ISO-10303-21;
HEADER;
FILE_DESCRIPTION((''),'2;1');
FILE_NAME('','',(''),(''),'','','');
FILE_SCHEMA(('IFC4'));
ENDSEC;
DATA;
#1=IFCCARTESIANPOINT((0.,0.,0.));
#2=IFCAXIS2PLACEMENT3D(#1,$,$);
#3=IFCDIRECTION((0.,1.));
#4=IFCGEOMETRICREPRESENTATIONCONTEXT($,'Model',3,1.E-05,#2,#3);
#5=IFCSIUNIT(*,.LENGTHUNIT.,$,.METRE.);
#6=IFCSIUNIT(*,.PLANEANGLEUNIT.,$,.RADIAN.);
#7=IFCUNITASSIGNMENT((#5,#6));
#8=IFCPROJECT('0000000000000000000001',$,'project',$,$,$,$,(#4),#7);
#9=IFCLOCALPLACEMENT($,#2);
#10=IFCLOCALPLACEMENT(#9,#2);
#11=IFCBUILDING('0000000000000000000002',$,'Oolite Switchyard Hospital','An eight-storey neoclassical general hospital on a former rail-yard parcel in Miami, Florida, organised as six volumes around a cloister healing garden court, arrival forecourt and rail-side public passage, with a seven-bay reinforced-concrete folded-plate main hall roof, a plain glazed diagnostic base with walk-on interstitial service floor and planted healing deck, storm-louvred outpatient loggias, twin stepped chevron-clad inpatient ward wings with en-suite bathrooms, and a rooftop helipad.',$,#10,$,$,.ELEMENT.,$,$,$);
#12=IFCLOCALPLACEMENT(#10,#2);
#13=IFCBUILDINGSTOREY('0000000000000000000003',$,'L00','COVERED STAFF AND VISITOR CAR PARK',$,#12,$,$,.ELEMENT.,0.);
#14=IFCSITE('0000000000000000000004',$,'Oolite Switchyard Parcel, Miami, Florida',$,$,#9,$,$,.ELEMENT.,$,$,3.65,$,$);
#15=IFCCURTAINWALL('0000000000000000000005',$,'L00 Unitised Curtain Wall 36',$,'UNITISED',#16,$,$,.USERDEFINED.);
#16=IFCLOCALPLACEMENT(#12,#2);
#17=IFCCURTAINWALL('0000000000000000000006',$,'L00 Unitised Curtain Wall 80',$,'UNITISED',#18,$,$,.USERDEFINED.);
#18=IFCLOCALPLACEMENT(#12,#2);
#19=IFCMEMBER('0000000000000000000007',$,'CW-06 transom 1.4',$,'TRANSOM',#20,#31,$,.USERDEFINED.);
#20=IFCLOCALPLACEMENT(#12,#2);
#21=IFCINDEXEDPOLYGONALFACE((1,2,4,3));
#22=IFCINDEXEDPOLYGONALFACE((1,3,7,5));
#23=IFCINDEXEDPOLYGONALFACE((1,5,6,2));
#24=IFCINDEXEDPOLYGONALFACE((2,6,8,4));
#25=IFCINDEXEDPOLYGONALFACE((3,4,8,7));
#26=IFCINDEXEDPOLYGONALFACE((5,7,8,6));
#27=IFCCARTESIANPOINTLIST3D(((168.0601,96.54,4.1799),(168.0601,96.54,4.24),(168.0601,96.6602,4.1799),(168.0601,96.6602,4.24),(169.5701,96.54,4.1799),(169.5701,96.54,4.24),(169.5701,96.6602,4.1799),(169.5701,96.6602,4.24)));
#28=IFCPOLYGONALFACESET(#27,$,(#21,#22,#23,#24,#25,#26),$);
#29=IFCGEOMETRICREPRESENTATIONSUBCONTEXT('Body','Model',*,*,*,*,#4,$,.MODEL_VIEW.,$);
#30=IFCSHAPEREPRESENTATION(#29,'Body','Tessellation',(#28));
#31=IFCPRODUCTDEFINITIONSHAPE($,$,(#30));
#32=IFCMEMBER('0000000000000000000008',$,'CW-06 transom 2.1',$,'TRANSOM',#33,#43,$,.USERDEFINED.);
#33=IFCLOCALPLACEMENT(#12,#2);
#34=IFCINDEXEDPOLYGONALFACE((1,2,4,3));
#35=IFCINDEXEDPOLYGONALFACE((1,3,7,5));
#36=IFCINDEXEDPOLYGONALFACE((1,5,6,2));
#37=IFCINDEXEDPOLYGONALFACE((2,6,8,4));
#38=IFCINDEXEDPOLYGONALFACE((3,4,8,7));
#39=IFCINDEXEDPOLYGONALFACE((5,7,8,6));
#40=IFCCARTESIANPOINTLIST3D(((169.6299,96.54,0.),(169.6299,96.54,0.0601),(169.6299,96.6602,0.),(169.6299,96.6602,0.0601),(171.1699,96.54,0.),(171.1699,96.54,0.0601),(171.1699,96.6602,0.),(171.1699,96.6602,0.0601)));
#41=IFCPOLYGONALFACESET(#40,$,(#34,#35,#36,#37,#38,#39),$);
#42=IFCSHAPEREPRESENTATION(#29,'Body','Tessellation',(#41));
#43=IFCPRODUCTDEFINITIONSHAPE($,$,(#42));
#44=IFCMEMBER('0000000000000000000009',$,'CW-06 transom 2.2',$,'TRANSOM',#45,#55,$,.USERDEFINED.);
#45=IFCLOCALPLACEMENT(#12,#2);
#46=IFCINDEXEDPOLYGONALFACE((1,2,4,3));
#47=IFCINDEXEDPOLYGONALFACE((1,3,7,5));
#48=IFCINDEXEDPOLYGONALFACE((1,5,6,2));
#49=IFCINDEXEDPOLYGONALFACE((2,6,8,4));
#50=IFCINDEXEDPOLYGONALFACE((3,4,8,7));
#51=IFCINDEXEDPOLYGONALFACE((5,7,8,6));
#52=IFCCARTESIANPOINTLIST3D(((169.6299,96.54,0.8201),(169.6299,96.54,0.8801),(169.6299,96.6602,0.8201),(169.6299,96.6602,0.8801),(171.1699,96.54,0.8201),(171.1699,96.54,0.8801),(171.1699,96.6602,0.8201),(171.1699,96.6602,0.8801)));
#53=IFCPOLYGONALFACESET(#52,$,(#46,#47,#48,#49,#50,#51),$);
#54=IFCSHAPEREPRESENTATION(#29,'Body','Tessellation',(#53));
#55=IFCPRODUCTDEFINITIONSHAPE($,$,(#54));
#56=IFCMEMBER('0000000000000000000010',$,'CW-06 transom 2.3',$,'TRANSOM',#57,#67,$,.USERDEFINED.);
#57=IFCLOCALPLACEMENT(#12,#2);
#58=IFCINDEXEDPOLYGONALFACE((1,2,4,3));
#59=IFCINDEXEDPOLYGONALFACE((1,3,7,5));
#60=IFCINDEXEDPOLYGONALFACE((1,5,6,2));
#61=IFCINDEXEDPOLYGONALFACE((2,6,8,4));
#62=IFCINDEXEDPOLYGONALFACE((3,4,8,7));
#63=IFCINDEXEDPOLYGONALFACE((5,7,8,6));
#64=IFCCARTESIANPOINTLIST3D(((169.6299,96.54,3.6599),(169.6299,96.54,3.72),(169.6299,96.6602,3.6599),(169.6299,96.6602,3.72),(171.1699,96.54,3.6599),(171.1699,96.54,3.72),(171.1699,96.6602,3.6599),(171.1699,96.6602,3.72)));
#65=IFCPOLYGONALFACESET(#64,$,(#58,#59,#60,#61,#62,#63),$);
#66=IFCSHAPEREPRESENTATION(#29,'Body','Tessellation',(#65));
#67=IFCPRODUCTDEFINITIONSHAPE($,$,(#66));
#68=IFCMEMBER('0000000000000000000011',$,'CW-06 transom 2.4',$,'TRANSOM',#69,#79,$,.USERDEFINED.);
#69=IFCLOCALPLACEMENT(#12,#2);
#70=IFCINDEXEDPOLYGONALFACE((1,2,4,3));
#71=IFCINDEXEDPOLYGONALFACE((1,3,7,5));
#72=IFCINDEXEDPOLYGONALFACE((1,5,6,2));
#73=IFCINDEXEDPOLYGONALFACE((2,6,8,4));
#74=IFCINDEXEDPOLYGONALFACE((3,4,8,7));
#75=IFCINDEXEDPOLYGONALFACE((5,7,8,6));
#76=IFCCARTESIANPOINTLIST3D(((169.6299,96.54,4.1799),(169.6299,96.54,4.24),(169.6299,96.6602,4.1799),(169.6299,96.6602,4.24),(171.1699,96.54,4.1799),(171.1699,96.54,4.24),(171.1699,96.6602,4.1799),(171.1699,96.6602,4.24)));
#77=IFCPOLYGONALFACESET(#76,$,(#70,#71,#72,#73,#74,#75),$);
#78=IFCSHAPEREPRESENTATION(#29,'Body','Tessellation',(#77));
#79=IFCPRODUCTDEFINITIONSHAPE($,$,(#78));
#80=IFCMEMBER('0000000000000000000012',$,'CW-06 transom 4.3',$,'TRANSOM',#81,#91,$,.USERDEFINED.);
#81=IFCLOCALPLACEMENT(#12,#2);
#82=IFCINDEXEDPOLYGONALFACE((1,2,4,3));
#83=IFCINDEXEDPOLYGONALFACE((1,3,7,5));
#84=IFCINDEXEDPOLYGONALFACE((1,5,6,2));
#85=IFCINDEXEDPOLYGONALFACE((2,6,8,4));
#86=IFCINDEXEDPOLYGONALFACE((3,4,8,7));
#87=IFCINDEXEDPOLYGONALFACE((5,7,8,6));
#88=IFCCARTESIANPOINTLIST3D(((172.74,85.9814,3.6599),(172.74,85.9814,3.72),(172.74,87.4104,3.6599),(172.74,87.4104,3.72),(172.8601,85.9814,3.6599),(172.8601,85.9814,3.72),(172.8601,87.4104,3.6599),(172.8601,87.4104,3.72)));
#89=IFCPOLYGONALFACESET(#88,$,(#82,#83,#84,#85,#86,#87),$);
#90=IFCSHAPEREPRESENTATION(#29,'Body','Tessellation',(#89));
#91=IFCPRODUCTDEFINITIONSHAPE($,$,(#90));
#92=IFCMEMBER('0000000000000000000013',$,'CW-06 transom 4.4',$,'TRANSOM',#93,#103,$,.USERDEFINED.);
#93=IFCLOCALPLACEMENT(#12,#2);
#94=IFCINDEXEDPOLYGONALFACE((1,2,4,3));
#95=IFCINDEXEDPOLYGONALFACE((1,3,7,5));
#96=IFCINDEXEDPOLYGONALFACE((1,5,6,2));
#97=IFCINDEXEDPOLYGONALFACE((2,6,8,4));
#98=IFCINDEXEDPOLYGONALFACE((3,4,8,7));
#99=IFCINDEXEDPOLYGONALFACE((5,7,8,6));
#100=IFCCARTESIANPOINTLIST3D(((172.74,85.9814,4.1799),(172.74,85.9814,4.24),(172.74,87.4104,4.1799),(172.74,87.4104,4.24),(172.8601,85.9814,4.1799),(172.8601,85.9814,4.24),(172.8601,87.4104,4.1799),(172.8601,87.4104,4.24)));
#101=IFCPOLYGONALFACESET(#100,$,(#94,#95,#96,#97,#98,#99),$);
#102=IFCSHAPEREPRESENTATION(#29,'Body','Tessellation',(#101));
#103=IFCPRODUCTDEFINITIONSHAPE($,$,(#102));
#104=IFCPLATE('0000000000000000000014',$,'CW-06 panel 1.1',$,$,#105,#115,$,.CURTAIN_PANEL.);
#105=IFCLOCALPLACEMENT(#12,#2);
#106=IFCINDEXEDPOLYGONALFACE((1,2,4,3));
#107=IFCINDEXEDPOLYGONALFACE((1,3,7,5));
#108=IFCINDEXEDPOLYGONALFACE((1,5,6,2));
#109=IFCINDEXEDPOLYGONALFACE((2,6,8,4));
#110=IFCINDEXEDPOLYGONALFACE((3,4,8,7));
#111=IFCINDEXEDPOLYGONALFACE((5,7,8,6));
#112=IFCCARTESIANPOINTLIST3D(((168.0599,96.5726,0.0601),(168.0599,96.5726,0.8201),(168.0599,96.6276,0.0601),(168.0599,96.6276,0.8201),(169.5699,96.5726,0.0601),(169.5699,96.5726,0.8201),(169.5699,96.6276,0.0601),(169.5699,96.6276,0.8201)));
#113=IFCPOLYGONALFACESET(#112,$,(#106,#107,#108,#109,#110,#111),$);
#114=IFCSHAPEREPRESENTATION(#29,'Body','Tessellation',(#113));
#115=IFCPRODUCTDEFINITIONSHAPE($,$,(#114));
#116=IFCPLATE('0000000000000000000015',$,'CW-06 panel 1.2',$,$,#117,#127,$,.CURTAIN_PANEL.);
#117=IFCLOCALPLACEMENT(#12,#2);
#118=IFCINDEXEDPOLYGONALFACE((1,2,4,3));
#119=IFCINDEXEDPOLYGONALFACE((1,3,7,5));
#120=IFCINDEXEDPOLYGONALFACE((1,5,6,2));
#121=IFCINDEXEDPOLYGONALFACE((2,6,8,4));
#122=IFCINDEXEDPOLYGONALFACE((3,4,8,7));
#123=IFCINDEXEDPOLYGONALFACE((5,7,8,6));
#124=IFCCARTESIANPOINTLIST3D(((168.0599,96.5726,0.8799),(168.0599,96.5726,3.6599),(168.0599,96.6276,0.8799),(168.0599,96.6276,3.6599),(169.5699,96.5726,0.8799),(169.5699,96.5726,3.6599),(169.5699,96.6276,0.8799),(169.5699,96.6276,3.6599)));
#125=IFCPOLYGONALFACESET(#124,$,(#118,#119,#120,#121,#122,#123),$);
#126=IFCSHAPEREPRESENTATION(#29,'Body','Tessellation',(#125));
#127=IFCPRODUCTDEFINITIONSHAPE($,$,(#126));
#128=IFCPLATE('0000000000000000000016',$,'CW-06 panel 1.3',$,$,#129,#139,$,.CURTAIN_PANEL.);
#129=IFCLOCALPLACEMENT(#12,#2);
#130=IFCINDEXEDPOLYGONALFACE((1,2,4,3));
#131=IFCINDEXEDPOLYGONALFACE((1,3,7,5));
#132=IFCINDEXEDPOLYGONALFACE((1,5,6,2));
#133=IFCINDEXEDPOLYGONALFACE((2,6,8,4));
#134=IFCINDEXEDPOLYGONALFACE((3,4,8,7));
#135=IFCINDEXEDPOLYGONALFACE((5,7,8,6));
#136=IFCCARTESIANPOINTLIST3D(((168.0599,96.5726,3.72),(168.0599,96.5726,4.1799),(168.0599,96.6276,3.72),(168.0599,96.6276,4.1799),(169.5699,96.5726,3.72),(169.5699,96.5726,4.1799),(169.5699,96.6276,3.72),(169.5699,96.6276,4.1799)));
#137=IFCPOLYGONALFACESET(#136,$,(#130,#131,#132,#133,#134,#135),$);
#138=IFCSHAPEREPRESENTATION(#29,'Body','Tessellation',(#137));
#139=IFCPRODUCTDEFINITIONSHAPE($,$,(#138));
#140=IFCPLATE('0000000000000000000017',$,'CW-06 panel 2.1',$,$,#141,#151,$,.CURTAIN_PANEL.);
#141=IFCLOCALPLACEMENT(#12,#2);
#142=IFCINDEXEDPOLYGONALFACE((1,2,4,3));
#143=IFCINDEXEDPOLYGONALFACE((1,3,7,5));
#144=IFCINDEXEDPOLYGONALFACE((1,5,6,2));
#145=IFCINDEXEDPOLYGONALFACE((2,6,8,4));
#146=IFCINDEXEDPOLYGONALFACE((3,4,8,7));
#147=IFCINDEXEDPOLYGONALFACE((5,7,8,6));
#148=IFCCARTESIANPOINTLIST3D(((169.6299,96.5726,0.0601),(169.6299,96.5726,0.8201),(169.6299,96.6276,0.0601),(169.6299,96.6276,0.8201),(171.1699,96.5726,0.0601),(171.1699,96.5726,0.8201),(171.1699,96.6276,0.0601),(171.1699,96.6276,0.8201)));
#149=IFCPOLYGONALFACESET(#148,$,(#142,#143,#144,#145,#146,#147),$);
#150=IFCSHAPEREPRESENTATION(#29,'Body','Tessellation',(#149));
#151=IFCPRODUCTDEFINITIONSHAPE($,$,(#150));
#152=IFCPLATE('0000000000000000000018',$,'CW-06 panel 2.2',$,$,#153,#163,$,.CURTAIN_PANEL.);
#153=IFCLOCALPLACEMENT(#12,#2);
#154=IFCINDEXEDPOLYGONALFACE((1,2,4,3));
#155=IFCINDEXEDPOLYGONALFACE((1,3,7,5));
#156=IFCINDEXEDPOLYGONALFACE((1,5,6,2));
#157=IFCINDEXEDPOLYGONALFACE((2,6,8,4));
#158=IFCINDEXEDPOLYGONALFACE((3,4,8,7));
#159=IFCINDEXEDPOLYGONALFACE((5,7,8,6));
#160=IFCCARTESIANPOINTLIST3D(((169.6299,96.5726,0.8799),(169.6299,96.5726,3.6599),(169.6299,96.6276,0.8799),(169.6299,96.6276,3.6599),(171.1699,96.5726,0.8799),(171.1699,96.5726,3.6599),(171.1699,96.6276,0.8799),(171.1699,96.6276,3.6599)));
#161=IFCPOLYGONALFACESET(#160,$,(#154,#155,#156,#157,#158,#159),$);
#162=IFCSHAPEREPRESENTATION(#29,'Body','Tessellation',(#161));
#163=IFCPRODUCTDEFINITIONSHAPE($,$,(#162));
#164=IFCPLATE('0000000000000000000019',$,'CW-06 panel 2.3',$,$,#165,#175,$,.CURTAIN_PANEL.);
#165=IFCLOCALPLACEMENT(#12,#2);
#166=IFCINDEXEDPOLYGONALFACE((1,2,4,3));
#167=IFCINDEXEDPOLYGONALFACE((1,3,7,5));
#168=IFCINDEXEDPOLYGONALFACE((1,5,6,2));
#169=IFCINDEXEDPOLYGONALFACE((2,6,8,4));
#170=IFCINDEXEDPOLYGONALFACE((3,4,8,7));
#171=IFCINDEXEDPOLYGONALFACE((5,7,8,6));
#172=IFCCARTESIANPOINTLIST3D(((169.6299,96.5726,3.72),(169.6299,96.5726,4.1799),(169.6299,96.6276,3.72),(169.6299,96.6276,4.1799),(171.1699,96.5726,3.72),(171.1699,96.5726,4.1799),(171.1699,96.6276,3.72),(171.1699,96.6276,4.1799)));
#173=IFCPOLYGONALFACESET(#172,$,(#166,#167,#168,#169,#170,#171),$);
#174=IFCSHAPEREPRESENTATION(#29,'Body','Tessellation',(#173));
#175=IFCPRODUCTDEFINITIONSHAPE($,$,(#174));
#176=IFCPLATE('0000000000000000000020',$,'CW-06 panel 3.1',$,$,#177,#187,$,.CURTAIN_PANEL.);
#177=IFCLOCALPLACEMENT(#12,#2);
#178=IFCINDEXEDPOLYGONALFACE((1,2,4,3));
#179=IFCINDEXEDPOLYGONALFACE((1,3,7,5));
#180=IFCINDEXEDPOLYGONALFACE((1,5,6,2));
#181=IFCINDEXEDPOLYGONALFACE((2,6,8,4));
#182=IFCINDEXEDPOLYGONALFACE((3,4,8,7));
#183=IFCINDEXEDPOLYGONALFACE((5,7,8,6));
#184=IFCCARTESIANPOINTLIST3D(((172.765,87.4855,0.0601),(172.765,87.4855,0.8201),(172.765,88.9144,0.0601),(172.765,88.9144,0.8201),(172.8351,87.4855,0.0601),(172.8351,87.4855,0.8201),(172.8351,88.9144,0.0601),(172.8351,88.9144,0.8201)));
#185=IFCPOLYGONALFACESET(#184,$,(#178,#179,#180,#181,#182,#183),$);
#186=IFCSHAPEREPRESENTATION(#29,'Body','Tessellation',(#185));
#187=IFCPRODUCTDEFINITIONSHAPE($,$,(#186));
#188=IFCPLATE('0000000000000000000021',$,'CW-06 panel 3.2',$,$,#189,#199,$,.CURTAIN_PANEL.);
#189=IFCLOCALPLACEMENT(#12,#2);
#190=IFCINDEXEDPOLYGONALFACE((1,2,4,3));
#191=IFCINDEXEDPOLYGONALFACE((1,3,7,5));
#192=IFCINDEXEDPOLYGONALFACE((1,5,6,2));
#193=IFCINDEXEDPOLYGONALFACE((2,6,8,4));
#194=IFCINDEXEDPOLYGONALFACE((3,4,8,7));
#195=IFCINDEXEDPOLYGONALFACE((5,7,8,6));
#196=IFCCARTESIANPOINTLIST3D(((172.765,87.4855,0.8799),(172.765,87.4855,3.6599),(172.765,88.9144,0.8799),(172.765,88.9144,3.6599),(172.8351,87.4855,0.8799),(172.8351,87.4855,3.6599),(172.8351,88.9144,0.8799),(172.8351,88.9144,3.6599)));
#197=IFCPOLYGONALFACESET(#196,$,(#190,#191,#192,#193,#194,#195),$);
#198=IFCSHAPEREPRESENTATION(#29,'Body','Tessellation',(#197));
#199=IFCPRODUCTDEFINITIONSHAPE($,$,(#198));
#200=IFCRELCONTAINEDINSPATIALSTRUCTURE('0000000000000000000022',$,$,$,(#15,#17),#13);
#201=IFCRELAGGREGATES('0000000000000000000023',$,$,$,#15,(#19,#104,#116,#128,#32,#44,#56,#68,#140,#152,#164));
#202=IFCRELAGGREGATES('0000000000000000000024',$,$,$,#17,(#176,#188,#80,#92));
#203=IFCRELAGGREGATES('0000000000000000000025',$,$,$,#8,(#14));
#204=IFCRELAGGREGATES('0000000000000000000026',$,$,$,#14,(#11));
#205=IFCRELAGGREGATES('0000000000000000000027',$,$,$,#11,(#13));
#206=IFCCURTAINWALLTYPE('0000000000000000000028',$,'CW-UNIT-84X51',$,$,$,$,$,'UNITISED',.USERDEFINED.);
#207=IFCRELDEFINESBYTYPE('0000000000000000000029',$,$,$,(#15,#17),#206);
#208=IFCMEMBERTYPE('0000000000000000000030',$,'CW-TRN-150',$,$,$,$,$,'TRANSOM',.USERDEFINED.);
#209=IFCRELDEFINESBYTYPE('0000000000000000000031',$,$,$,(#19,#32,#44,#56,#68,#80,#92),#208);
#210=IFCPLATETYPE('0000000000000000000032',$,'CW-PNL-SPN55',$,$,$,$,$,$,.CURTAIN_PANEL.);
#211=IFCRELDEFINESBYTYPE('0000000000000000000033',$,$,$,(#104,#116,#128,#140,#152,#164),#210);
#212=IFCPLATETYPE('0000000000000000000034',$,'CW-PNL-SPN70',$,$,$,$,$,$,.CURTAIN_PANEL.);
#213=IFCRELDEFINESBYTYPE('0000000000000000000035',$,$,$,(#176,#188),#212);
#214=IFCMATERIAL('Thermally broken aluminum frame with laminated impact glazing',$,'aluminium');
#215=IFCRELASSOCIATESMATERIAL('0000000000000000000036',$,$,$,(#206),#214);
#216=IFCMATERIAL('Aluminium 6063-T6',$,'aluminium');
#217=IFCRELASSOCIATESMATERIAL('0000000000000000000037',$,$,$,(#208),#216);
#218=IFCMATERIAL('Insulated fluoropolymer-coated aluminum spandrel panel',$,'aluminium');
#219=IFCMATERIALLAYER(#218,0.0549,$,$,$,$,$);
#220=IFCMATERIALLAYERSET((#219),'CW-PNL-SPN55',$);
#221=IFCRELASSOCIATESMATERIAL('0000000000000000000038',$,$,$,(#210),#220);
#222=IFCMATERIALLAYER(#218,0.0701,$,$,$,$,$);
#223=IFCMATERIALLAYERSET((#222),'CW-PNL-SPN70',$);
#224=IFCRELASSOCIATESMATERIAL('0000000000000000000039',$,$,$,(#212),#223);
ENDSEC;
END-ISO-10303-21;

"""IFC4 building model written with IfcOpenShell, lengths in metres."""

from ifc_helpers import new_model, si_unit, direction, frame, origin, origin_2d, place, context, subcontext, project, spatial, rectangle, extrude, material, layer, layer_set, material_profile, profile_set, type_object, element, aggregate, save


model = new_model("IFC4")

# Units and contexts
model_context = context("Model", 3, precision=1e-05, world=origin(), true_north=direction((0.0, 1.0)))
body_context = subcontext(model_context, "Body", "Model", "MODEL_VIEW")
ifc_project = project(units=[si_unit("LENGTHUNIT", "METRE"), si_unit("PLANEANGLEUNIT", "RADIAN")], contexts=[model_context])

# Site, building, storey
site_placement = place(None, origin())
site = spatial("IfcSite", under=ifc_project, at=site_placement, Name="Oolite Switchyard Parcel, Miami, Florida", CompositionType="ELEMENT", RefElevation=3.65)
building_placement = place(site_placement, origin())
building = spatial("IfcBuilding", under=site, at=building_placement, Name="Oolite Switchyard Hospital", Description="An eight-storey neoclassical general hospital on a former rail-yard parcel in Miami, Florida, organised as six volumes around a cloister healing garden court, arrival forecourt and rail-side public passage, with a seven-bay reinforced-concrete folded-plate main hall roof, a plain glazed diagnostic base with walk-on interstitial service floor and planted healing deck, storm-louvred outpatient loggias, twin stepped chevron-clad inpatient ward wings with en-suite bathrooms, and a rooftop helipad.", CompositionType="ELEMENT")
storey_placement = place(building_placement, origin())
storey = spatial("IfcBuildingStorey", under=building, at=storey_placement, Name="L00", Description="COVERED STAFF AND VISITOR CAR PARK", CompositionType="ELEMENT", Elevation=0.0)

# Curtain wall
ifc_material_1 = material(Name="Thermally broken aluminum frame with laminated impact glazing", Category="aluminium")
curtain_wall_type = type_object("IfcCurtainWallType", Name="CW-UNIT-84X51", ElementType="UNITISED", PredefinedType="USERDEFINED", material=ifc_material_1)
curtain_wall_1_placement = place(storey_placement, origin())
curtain_wall_1 = element("IfcCurtainWall", 1, at=curtain_wall_1_placement, inside=storey, type_object=curtain_wall_type, Name="L00 Unitised Curtain Wall 36", ObjectType="UNITISED", PredefinedType="USERDEFINED")
ifc_material_2 = material(Name="Aluminium 6063-T6", Category="aluminium")

# Curtain wall
curtain_wall_2_placement = place(storey_placement, origin())
curtain_wall_2 = element("IfcCurtainWall", 2, at=curtain_wall_2_placement, inside=storey, type_object=curtain_wall_type, Name="L00 Unitised Curtain Wall 80", ObjectType="UNITISED", PredefinedType="USERDEFINED")

# Members
ifc_material_profile_1 = material_profile(ifc_material_2, rectangle(XDim=0.1201, YDim=0.0601, at=origin_2d()), Name="CWT60X120")
ifc_profile_set_1 = profile_set([ifc_material_profile_1], Name="Aluminium 6063-T6")
member_type_1 = type_object("IfcMemberType", Name="CW-TRN-150", ElementType="TRANSOM", PredefinedType="USERDEFINED", material=ifc_profile_set_1)
member_1_placement = place(storey_placement, frame((168.0601, 96.6001, 4.21), z_axis=(1.0, 0.0, 0.0), x_axis=(0.0, 1.0, 0.0)))
member_1 = element("IfcMember", 3, at=member_1_placement, type_object=member_type_1, Name="CW-06 transom 1.4", ObjectType="TRANSOM", PredefinedType="USERDEFINED", context=body_context, shape_type="SweptSolid", body=[
    extrude(rectangle(XDim=0.1201, YDim=0.0601, at=origin_2d()), origin(), (0.0, 0.0, 1.0), 1.51),
])
member_2_placement = place(storey_placement, frame((169.6299, 96.6001, 0.03), z_axis=(1.0, 0.0, 0.0), x_axis=(0.0, 1.0, 0.0)))
member_2 = element("IfcMember", 4, at=member_2_placement, type_object=member_type_1, Name="CW-06 transom 2.1", ObjectType="TRANSOM", PredefinedType="USERDEFINED", context=body_context, shape_type="SweptSolid", body=[
    extrude(rectangle(XDim=0.1201, YDim=0.0601, at=origin_2d()), origin(), (0.0, 0.0, 1.0), 1.54),
])
member_3_placement = place(storey_placement, frame((169.6299, 96.6001, 0.8501), z_axis=(1.0, 0.0, 0.0), x_axis=(0.0, 1.0, 0.0)))
member_3 = element("IfcMember", 5, at=member_3_placement, type_object=member_type_1, Name="CW-06 transom 2.2", ObjectType="TRANSOM", PredefinedType="USERDEFINED", context=body_context, shape_type="SweptSolid", body=[
    extrude(rectangle(XDim=0.1201, YDim=0.0601, at=origin_2d()), origin(), (0.0, 0.0, 1.0), 1.54),
])
member_4_placement = place(storey_placement, frame((169.6299, 96.6001, 3.6899), z_axis=(1.0, 0.0, 0.0), x_axis=(0.0, 1.0, 0.0)))
member_4 = element("IfcMember", 6, at=member_4_placement, type_object=member_type_1, Name="CW-06 transom 2.3", ObjectType="TRANSOM", PredefinedType="USERDEFINED", context=body_context, shape_type="SweptSolid", body=[
    extrude(rectangle(XDim=0.1201, YDim=0.0601, at=origin_2d()), origin(), (0.0, 0.0, 1.0), 1.54),
])
member_5_placement = place(storey_placement, frame((169.6299, 96.6001, 4.21), z_axis=(1.0, 0.0, 0.0), x_axis=(0.0, 1.0, 0.0)))
member_5 = element("IfcMember", 7, at=member_5_placement, type_object=member_type_1, Name="CW-06 transom 2.4", ObjectType="TRANSOM", PredefinedType="USERDEFINED", context=body_context, shape_type="SweptSolid", body=[
    extrude(rectangle(XDim=0.1201, YDim=0.0601, at=origin_2d()), origin(), (0.0, 0.0, 1.0), 1.54),
])
member_6_placement = place(storey_placement, frame((172.8, 87.4104, 3.6899), z_axis=(0.0, -1.0, 0.0), x_axis=(1.0, 0.0, 0.0)))
member_6 = element("IfcMember", 8, at=member_6_placement, type_object=member_type_1, Name="CW-06 transom 4.3", ObjectType="TRANSOM", PredefinedType="USERDEFINED", context=body_context, shape_type="SweptSolid", body=[
    extrude(rectangle(XDim=0.1201, YDim=0.0601, at=origin_2d()), origin(), (0.0, 0.0, 1.0), 1.429),
])
member_7_placement = place(storey_placement, frame((172.8, 87.4104, 4.21), z_axis=(0.0, -1.0, 0.0), x_axis=(1.0, 0.0, 0.0)))
member_7 = element("IfcMember", 9, at=member_7_placement, type_object=member_type_1, Name="CW-06 transom 4.4", ObjectType="TRANSOM", PredefinedType="USERDEFINED", context=body_context, shape_type="SweptSolid", body=[
    extrude(rectangle(XDim=0.1201, YDim=0.0601, at=origin_2d()), origin(), (0.0, 0.0, 1.0), 1.429),
])

# Plates
ifc_material_3 = material(Name="Insulated fluoropolymer-coated aluminum spandrel panel", Category="aluminium")
ifc_layer_1 = layer(ifc_material_3, 0.0549)
ifc_layer_set_1 = layer_set([ifc_layer_1], Name="CW-PNL-SPN55")
plate_type_1 = type_object("IfcPlateType", Name="CW-PNL-SPN55", PredefinedType="CURTAIN_PANEL", material=ifc_layer_set_1)
plate_1_placement = place(storey_placement, frame((168.8149, 96.6001, 0.0601), z_axis=(0.0, 0.0, 1.0), x_axis=(1.0, 0.0, 0.0)))
plate_1 = element("IfcPlate", 10, at=plate_1_placement, type_object=plate_type_1, Name="CW-06 panel 1.1", PredefinedType="CURTAIN_PANEL", context=body_context, shape_type="SweptSolid", body=[
    extrude(rectangle(XDim=1.51, YDim=0.0549, at=origin_2d()), origin(), (0.0, 0.0, 1.0), 0.76),
])
plate_2_placement = place(storey_placement, frame((168.8149, 96.6001, 0.8799), z_axis=(0.0, 0.0, 1.0), x_axis=(1.0, 0.0, 0.0)))
plate_2 = element("IfcPlate", 11, at=plate_2_placement, type_object=plate_type_1, Name="CW-06 panel 1.2", PredefinedType="CURTAIN_PANEL", context=body_context, shape_type="SweptSolid", body=[
    extrude(rectangle(XDim=1.51, YDim=0.0549, at=origin_2d()), origin(), (0.0, 0.0, 1.0), 2.78),
])
plate_3_placement = place(storey_placement, frame((168.8149, 96.6001, 3.72), z_axis=(0.0, 0.0, 1.0), x_axis=(1.0, 0.0, 0.0)))
plate_3 = element("IfcPlate", 12, at=plate_3_placement, type_object=plate_type_1, Name="CW-06 panel 1.3", PredefinedType="CURTAIN_PANEL", context=body_context, shape_type="SweptSolid", body=[
    extrude(rectangle(XDim=1.51, YDim=0.0549, at=origin_2d()), origin(), (0.0, 0.0, 1.0), 0.46),
])
plate_4_placement = place(storey_placement, frame((170.3999, 96.6001, 0.0601), z_axis=(0.0, 0.0, 1.0), x_axis=(1.0, 0.0, 0.0)))
plate_4 = element("IfcPlate", 13, at=plate_4_placement, type_object=plate_type_1, Name="CW-06 panel 2.1", PredefinedType="CURTAIN_PANEL", context=body_context, shape_type="SweptSolid", body=[
    extrude(rectangle(XDim=1.54, YDim=0.0549, at=origin_2d()), origin(), (0.0, 0.0, 1.0), 0.76),
])
plate_5_placement = place(storey_placement, frame((170.3999, 96.6001, 0.8799), z_axis=(0.0, 0.0, 1.0), x_axis=(1.0, 0.0, 0.0)))
plate_5 = element("IfcPlate", 14, at=plate_5_placement, type_object=plate_type_1, Name="CW-06 panel 2.2", PredefinedType="CURTAIN_PANEL", context=body_context, shape_type="SweptSolid", body=[
    extrude(rectangle(XDim=1.54, YDim=0.0549, at=origin_2d()), origin(), (0.0, 0.0, 1.0), 2.78),
])
plate_6_placement = place(storey_placement, frame((170.3999, 96.6001, 3.72), z_axis=(0.0, 0.0, 1.0), x_axis=(1.0, 0.0, 0.0)))
plate_6 = element("IfcPlate", 15, at=plate_6_placement, type_object=plate_type_1, Name="CW-06 panel 2.3", PredefinedType="CURTAIN_PANEL", context=body_context, shape_type="SweptSolid", body=[
    extrude(rectangle(XDim=1.54, YDim=0.0549, at=origin_2d()), origin(), (0.0, 0.0, 1.0), 0.46),
])
aggregate(curtain_wall_1, [member_1, plate_1, plate_2, plate_3, member_2, member_3, member_4, member_5, plate_4, plate_5, plate_6])
ifc_layer_2 = layer(ifc_material_3, 0.0701)
ifc_layer_set_2 = layer_set([ifc_layer_2], Name="CW-PNL-SPN70")
plate_type_2 = type_object("IfcPlateType", Name="CW-PNL-SPN70", PredefinedType="CURTAIN_PANEL", material=ifc_layer_set_2)
plate_7_placement = place(storey_placement, frame((172.8, 88.2, 0.0601), z_axis=(0.0, 0.0, 1.0), x_axis=(0.0, -1.0, 0.0)))
plate_7 = element("IfcPlate", 16, at=plate_7_placement, type_object=plate_type_2, Name="CW-06 panel 3.1", PredefinedType="CURTAIN_PANEL", context=body_context, shape_type="SweptSolid", body=[
    extrude(rectangle(XDim=1.429, YDim=0.0701, at=origin_2d()), origin(), (0.0, 0.0, 1.0), 0.76),
])
plate_8_placement = place(storey_placement, frame((172.8, 88.2, 0.8799), z_axis=(0.0, 0.0, 1.0), x_axis=(0.0, -1.0, 0.0)))
plate_8 = element("IfcPlate", 17, at=plate_8_placement, type_object=plate_type_2, Name="CW-06 panel 3.2", PredefinedType="CURTAIN_PANEL", context=body_context, shape_type="SweptSolid", body=[
    extrude(rectangle(XDim=1.429, YDim=0.0701, at=origin_2d()), origin(), (0.0, 0.0, 1.0), 2.78),
])
aggregate(curtain_wall_2, [plate_7, plate_8, member_6, member_7])

save(model, "model.ifc")
